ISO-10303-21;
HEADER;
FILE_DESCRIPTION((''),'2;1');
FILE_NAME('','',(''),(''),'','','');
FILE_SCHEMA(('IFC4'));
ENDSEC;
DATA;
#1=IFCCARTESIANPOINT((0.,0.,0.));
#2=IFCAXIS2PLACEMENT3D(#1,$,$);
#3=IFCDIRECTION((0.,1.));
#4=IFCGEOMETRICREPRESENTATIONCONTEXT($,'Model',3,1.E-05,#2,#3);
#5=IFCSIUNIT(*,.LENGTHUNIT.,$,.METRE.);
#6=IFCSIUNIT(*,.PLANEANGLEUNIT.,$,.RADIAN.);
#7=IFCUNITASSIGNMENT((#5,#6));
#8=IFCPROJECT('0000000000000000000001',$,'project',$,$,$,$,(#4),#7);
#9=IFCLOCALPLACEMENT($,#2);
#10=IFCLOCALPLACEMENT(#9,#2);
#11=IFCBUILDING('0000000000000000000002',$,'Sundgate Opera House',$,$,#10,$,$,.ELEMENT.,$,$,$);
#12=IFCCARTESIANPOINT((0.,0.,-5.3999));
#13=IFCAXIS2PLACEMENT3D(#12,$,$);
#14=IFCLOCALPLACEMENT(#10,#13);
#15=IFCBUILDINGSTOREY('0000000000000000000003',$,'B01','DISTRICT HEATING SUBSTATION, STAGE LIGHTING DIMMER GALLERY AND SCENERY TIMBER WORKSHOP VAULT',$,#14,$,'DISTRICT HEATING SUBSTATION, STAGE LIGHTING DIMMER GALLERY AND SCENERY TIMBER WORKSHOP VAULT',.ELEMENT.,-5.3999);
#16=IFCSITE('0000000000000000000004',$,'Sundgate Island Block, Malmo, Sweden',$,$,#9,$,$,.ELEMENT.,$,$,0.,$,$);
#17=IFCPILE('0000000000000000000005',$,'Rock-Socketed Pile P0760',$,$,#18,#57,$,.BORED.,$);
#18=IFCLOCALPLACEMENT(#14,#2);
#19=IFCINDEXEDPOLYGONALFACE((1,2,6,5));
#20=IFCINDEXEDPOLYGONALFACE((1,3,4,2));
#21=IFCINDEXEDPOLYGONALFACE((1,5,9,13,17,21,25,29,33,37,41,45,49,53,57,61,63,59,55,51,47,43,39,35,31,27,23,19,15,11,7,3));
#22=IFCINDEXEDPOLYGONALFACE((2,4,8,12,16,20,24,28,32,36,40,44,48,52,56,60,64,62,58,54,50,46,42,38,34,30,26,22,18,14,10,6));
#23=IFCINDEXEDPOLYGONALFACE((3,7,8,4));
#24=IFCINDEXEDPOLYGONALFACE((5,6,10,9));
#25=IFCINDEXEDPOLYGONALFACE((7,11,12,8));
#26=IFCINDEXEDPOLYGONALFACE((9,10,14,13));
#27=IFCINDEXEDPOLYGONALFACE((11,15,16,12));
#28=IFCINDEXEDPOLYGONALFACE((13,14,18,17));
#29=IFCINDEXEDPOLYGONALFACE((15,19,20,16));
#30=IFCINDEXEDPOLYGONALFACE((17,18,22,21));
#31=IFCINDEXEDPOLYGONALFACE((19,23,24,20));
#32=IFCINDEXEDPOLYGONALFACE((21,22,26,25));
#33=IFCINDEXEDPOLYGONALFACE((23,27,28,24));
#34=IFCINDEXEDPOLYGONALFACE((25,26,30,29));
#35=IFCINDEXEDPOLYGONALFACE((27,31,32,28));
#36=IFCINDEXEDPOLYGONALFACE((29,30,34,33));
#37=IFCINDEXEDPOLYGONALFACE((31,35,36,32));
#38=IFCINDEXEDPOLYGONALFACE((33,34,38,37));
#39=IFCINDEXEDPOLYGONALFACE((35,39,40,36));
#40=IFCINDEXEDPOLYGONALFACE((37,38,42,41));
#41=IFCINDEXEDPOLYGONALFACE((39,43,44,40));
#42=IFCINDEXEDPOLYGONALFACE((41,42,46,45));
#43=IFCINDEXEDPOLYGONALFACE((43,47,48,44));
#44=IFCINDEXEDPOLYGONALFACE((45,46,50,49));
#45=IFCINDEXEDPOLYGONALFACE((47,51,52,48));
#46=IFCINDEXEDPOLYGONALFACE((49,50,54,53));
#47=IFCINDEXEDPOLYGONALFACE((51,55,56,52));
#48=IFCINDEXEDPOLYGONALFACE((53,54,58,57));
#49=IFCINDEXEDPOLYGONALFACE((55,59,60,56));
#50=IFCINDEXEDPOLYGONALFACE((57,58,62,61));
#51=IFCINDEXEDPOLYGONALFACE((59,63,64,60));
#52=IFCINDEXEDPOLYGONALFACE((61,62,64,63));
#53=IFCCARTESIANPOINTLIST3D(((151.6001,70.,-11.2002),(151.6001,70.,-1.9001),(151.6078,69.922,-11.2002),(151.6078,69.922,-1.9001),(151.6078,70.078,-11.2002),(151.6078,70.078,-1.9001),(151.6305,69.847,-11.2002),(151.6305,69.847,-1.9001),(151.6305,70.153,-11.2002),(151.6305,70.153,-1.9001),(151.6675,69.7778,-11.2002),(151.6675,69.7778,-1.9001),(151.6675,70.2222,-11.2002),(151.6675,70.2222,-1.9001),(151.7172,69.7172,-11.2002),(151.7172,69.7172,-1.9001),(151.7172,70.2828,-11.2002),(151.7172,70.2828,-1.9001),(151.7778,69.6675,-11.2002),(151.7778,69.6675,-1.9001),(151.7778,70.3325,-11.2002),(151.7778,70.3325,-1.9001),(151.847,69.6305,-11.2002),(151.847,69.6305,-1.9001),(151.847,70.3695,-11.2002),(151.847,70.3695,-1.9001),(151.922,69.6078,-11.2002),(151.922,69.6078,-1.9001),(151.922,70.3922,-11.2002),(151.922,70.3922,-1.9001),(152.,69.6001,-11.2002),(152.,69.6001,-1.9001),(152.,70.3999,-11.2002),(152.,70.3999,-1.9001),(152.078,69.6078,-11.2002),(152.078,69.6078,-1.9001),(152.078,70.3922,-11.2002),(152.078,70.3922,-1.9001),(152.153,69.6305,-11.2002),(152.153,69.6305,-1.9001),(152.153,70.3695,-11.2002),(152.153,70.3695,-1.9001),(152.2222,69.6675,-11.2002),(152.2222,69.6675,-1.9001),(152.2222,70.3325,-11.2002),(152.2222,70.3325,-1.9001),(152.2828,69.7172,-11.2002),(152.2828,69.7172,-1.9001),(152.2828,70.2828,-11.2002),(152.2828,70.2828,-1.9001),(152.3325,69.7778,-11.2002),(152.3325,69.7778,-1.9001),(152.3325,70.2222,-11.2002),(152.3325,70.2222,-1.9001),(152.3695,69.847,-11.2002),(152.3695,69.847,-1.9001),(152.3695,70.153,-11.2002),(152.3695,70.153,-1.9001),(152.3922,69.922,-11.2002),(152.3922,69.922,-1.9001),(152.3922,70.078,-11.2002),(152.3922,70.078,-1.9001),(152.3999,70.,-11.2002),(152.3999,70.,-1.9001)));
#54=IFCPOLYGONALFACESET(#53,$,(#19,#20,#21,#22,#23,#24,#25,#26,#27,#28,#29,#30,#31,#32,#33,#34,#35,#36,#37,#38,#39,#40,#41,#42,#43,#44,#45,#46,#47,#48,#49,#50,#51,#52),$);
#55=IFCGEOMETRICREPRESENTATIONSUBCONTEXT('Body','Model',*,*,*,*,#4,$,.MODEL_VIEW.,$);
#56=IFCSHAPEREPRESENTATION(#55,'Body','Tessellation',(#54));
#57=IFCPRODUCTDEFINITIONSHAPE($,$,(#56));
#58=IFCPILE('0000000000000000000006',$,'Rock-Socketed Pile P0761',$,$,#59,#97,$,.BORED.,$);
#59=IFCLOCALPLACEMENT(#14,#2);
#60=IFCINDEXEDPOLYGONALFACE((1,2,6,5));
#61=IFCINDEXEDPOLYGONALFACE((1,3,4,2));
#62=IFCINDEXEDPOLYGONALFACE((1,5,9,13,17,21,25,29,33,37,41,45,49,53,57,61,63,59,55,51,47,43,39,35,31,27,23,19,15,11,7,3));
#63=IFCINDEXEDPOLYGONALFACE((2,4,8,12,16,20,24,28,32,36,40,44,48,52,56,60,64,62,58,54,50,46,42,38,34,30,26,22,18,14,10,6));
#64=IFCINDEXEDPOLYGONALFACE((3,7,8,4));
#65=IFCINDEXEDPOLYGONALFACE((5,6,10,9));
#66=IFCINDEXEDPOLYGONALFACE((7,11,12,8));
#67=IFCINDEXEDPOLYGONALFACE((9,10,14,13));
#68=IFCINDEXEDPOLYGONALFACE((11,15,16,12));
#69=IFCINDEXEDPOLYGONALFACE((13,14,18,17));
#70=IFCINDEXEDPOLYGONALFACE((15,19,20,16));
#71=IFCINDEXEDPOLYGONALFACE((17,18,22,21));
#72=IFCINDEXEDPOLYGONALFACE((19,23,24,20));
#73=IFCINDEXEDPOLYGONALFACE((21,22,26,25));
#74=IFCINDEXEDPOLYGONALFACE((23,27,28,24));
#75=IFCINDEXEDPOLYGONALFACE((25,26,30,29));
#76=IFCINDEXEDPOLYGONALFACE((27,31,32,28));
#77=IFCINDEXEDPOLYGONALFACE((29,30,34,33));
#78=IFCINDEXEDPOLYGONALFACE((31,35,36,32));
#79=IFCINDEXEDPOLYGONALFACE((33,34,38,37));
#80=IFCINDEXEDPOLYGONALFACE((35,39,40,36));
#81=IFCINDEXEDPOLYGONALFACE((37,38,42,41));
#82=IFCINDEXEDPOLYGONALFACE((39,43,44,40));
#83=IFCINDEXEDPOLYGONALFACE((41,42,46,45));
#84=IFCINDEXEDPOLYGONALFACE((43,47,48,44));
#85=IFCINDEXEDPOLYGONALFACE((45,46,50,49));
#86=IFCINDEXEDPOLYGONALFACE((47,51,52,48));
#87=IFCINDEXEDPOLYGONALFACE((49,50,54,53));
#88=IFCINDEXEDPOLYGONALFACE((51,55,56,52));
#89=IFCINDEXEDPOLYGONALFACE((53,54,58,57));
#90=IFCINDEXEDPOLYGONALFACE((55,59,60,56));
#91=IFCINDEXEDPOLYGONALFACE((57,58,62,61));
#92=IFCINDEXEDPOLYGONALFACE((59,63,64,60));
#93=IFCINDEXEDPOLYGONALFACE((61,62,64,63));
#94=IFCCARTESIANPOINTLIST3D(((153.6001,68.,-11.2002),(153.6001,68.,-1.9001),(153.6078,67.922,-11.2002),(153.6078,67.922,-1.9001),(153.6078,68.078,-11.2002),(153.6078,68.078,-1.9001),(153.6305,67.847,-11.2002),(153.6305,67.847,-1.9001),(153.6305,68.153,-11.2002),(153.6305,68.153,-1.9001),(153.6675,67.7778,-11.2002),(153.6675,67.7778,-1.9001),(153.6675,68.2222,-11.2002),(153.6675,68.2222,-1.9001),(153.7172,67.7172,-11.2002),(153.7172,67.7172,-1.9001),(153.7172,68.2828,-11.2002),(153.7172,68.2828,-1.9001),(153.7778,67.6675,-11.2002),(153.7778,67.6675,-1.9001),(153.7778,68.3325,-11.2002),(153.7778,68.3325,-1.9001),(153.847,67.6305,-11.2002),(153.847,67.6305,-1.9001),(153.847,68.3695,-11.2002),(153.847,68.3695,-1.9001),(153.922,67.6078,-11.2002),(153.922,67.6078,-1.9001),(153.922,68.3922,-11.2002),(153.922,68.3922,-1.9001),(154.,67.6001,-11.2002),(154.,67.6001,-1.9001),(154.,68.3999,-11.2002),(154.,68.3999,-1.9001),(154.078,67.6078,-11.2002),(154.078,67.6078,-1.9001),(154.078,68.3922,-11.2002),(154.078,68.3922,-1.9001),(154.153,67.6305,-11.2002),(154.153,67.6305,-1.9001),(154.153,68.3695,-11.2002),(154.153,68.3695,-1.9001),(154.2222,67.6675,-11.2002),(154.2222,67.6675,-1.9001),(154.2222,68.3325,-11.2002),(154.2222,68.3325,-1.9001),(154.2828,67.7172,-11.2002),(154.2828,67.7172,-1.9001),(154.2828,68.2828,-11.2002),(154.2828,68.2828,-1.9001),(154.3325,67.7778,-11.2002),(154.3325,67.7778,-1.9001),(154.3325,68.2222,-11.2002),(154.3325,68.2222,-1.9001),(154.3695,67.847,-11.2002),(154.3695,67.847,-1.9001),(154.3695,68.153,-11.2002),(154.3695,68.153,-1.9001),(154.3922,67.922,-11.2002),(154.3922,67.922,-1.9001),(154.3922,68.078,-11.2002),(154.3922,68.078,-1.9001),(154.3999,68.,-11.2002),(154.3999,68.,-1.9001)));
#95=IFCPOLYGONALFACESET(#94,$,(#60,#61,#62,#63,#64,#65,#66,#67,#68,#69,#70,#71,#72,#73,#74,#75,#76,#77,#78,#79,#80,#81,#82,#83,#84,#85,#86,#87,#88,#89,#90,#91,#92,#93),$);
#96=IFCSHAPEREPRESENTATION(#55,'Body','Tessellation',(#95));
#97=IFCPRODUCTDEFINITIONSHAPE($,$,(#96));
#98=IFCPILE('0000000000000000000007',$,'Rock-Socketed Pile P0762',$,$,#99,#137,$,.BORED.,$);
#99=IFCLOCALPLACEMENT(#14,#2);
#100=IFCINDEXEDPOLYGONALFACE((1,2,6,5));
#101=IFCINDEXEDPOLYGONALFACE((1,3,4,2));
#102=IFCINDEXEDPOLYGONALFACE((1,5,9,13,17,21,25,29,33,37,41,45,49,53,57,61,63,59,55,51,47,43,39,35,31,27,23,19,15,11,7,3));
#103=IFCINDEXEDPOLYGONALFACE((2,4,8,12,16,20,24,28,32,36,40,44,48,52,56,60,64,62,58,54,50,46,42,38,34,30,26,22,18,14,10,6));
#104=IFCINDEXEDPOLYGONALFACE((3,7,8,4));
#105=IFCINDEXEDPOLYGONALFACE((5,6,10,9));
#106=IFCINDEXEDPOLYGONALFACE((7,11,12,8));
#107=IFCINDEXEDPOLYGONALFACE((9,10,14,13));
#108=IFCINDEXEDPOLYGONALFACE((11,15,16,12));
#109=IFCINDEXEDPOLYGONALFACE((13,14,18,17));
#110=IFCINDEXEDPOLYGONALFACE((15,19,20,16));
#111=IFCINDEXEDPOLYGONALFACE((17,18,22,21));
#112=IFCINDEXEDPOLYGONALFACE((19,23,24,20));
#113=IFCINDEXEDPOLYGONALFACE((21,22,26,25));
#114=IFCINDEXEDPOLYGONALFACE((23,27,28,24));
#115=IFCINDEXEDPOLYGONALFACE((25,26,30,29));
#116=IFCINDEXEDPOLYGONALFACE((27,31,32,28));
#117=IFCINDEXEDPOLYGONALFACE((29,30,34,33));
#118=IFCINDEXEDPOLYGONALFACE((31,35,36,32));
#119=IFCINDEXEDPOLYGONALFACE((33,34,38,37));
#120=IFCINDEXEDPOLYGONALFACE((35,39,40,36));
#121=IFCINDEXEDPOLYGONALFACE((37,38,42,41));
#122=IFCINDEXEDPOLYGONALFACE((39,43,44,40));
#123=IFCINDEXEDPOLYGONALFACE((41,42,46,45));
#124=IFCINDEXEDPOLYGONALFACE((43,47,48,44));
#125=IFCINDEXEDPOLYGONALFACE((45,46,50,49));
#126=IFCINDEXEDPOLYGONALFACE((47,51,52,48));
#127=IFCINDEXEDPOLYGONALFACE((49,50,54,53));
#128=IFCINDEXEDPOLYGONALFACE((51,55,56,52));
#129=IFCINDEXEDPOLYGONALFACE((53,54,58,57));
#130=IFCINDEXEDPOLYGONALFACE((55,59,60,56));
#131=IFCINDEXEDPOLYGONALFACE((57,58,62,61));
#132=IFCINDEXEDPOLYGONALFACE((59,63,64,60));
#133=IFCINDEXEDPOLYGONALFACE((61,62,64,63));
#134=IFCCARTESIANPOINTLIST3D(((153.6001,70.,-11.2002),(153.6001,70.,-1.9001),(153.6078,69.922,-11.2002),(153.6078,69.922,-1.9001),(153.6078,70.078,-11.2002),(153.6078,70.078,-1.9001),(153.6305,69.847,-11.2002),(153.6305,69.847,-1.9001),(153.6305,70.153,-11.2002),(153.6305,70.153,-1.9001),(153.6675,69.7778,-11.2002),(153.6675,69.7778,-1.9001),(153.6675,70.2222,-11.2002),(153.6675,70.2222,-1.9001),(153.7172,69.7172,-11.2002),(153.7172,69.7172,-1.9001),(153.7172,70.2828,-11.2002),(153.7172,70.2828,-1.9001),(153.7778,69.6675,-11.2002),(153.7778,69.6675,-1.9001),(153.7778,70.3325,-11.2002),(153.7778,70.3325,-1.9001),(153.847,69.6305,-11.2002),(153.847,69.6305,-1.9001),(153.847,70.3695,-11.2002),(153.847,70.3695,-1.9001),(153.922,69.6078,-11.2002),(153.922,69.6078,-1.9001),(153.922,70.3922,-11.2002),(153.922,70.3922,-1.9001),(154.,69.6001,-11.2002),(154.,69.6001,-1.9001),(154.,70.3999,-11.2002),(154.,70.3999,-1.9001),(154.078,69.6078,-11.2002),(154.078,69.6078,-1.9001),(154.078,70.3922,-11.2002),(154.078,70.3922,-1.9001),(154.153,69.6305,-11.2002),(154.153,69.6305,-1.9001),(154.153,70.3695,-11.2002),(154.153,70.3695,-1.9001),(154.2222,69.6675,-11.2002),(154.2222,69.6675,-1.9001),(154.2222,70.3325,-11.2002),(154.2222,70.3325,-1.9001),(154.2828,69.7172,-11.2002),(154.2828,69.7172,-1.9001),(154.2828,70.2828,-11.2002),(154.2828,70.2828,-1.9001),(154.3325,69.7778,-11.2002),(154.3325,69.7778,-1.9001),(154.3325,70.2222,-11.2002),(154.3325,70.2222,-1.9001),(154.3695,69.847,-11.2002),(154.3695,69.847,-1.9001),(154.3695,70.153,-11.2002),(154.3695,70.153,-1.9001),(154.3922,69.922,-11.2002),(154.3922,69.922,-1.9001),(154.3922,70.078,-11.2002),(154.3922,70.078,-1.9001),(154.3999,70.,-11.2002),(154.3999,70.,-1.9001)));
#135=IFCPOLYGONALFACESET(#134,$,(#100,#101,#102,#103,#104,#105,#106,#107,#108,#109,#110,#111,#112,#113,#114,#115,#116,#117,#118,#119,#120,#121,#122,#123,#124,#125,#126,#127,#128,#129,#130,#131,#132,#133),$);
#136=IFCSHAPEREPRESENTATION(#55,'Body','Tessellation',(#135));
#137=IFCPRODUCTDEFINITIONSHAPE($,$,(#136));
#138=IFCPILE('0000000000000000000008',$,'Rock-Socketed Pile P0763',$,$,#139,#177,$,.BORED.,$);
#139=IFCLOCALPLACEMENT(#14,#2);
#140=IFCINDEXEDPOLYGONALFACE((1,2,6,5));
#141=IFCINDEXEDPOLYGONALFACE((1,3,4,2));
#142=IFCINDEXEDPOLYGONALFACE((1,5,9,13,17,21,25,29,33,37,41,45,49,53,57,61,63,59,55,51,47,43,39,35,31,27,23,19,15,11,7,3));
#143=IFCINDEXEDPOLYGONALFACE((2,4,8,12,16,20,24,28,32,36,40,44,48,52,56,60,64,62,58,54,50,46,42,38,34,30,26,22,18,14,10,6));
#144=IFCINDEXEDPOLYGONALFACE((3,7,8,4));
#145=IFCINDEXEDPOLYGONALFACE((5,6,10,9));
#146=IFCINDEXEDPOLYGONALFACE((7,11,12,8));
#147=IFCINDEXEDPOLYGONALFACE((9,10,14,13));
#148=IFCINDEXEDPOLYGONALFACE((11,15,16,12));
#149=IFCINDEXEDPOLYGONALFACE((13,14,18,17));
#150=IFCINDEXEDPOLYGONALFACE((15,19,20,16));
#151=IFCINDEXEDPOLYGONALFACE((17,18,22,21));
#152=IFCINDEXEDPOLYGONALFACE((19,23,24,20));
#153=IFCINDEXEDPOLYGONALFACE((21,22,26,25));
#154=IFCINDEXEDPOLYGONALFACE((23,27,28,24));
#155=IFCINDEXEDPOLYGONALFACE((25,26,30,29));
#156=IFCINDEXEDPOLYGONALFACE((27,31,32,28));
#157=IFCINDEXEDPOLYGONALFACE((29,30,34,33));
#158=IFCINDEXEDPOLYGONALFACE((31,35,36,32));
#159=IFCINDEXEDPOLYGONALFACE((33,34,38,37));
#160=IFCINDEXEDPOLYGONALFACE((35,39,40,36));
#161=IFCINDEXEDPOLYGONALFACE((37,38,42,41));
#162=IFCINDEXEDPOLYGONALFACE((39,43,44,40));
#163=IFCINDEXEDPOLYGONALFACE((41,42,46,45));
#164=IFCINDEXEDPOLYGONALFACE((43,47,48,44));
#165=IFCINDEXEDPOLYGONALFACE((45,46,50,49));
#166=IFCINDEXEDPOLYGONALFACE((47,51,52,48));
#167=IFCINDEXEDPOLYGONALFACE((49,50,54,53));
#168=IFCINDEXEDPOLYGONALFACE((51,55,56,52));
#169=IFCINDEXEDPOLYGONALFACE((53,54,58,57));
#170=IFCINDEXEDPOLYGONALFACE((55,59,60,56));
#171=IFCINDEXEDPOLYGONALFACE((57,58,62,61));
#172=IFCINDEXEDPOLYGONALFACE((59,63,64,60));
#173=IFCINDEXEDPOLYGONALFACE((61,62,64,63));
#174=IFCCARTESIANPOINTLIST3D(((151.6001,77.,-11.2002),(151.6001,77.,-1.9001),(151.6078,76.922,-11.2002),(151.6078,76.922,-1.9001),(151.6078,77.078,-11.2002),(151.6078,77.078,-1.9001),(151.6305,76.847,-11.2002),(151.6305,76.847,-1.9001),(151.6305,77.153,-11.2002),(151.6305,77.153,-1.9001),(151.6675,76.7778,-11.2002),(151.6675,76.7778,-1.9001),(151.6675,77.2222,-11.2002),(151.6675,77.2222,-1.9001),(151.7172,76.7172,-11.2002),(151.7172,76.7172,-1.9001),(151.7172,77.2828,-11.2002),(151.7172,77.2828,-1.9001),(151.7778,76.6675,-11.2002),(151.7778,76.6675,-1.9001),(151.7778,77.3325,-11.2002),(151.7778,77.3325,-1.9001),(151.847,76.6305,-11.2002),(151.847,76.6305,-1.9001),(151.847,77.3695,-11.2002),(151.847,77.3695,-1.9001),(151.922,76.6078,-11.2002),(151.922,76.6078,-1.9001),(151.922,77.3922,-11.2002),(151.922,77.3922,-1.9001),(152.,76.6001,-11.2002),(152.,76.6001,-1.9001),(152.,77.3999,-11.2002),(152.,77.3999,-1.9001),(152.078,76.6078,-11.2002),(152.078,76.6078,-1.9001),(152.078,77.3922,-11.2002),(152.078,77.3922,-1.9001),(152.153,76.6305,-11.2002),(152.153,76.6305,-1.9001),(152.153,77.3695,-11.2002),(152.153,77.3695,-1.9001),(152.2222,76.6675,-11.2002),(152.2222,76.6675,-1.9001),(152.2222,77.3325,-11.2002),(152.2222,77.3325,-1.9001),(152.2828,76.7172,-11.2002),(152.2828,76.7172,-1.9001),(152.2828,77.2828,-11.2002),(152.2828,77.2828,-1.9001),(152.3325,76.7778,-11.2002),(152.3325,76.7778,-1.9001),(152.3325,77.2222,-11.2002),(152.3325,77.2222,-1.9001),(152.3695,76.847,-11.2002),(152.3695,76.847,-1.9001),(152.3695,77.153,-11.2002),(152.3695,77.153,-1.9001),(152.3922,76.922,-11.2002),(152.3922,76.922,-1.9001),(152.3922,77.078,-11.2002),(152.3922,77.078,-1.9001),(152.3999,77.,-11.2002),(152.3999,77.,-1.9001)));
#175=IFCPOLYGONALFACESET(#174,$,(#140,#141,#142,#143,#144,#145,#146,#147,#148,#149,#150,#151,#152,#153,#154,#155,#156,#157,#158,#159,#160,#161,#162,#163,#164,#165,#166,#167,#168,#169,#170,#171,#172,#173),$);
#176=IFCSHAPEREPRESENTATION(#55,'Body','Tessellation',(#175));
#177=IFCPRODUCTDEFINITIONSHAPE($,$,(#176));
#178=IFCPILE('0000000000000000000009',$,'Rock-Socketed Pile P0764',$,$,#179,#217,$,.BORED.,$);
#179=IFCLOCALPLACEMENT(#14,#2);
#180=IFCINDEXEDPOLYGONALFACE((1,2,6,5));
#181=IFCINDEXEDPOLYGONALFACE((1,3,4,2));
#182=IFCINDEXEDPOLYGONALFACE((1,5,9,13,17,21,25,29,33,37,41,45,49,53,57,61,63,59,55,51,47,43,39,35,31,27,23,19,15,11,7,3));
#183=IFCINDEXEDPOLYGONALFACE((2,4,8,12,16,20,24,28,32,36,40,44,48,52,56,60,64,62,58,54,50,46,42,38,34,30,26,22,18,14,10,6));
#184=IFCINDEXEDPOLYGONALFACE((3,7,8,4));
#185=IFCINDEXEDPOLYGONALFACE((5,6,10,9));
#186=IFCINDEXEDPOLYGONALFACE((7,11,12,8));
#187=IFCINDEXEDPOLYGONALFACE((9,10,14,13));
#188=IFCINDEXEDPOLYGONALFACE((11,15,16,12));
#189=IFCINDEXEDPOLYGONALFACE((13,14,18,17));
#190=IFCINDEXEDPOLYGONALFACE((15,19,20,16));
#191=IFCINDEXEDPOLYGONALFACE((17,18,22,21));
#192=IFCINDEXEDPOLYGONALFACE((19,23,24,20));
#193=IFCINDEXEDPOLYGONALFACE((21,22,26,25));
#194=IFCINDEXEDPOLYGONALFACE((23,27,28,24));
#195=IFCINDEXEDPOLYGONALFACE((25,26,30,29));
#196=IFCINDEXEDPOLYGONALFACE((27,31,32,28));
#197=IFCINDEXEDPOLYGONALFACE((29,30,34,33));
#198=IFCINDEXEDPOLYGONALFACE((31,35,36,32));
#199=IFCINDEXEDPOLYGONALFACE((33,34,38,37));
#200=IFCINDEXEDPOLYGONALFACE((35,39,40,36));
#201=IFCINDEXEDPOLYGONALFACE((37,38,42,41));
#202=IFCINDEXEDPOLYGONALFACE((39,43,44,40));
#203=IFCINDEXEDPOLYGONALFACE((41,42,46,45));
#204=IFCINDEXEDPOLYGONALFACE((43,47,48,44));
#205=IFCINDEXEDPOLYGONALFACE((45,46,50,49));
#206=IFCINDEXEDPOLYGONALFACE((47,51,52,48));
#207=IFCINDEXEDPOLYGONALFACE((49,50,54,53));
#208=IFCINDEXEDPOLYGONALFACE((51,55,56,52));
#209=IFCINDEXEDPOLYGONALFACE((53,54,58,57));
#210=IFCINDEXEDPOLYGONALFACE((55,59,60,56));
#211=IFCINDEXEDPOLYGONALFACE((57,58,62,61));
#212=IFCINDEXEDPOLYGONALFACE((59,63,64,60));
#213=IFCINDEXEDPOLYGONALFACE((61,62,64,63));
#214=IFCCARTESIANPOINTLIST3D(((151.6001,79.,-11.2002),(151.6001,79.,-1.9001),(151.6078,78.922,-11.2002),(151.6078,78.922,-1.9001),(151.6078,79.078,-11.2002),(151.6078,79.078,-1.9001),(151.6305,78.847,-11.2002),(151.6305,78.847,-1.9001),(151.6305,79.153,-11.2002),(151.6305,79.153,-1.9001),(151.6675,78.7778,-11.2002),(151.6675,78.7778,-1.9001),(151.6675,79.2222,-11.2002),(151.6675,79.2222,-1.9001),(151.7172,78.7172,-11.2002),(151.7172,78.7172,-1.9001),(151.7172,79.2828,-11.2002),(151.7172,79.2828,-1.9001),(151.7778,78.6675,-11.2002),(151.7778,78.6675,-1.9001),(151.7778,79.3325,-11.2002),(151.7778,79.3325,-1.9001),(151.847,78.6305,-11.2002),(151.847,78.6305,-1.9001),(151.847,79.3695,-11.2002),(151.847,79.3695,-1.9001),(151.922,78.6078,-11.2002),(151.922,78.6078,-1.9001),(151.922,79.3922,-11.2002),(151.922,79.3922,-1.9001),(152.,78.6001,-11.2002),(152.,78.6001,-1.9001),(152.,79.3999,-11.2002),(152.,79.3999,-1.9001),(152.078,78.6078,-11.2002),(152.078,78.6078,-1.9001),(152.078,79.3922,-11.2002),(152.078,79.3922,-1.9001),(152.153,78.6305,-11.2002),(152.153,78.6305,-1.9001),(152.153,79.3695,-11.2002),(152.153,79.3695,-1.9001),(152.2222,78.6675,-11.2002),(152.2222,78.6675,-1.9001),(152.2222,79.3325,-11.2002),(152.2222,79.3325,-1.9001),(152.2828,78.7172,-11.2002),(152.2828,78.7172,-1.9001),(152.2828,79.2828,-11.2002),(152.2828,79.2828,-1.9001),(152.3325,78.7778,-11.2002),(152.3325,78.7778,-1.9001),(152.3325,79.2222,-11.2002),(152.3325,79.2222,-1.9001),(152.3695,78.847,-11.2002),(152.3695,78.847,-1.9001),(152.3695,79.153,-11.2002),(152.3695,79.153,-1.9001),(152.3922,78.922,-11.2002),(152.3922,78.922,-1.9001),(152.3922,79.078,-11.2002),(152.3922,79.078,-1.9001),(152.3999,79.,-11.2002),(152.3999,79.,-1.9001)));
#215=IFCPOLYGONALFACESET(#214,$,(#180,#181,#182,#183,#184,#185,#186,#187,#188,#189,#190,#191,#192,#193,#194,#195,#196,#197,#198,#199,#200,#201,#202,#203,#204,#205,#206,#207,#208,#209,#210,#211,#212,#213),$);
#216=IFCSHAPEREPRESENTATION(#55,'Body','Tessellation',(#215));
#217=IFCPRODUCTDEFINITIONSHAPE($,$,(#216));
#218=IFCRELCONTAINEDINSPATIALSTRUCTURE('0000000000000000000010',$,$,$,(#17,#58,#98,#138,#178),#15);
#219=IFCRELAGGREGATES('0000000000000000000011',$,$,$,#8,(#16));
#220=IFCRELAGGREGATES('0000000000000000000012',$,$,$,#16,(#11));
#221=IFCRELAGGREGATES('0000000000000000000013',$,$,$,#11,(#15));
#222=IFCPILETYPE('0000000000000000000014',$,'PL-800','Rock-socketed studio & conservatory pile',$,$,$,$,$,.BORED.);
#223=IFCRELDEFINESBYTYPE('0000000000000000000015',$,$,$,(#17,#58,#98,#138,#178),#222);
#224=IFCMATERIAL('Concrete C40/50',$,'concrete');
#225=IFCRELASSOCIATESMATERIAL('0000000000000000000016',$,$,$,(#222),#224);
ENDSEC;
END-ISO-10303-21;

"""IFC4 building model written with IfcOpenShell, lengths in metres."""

from ifc_helpers import new_model, si_unit, direction, frame, origin, origin_2d, place, context, subcontext, project, spatial, circle, extrude, material, material_profile, profile_set, type_object, element, save


model = new_model("IFC4")

# Units and contexts
model_context = context("Model", 3, precision=1e-05, world=origin(), true_north=direction((0.0, 1.0)))
body_context = subcontext(model_context, "Body", "Model", "MODEL_VIEW")
ifc_project = project(units=[si_unit("LENGTHUNIT", "METRE"), si_unit("PLANEANGLEUNIT", "RADIAN")], contexts=[model_context])

# Site, building, storey
site_placement = place(None, origin())
site = spatial("IfcSite", under=ifc_project, at=site_placement, Name="Sundgate Island Block, Malmo, Sweden", CompositionType="ELEMENT", RefElevation=0.0)
building_placement = place(site_placement, origin())
building = spatial("IfcBuilding", under=site, at=building_placement, Name="Sundgate Opera House", CompositionType="ELEMENT")
storey_placement = place(building_placement, frame((0.0, 0.0, -5.3999)))
storey = spatial("IfcBuildingStorey", under=building, at=storey_placement, Name="B01", Description="DISTRICT HEATING SUBSTATION, STAGE LIGHTING DIMMER GALLERY AND SCENERY TIMBER WORKSHOP VAULT", LongName="DISTRICT HEATING SUBSTATION, STAGE LIGHTING DIMMER GALLERY AND SCENERY TIMBER WORKSHOP VAULT", CompositionType="ELEMENT", Elevation=-5.3999)

# Piles
ifc_material_1 = material(Name="Concrete C40/50", Category="concrete")
ifc_material_profile_1 = material_profile(ifc_material_1, circle(Radius=0.3999, at=origin_2d()), Name="PILE D800")
ifc_profile_set_1 = profile_set([ifc_material_profile_1], Name="Concrete C40/50")
pile_type = type_object("IfcPileType", Name="PL-800", Description="Rock-socketed studio & conservatory pile", PredefinedType="BORED", material=ifc_profile_set_1)
for number, where, z_axis, x_axis, name in (
    (1, (152.0, 70.0, -1.9001), (0.0, 0.0, -1.0), (1.0, 0.0, 0.0), "Rock-Socketed Pile P0760"),
    (2, (154.0, 68.0, -1.9001), (0.0, 0.0, -1.0), (1.0, 0.0, 0.0), "Rock-Socketed Pile P0761"),
    (3, (154.0, 70.0, -1.9001), (0.0, 0.0, -1.0), (1.0, 0.0, 0.0), "Rock-Socketed Pile P0762"),
    (4, (152.0, 77.0, -1.9001), (0.0, 0.0, -1.0), (1.0, 0.0, 0.0), "Rock-Socketed Pile P0763"),
    (5, (152.0, 79.0, -1.9001), (0.0, 0.0, -1.0), (1.0, 0.0, 0.0), "Rock-Socketed Pile P0764"),
):
    element("IfcPile", number, at=place(storey_placement, frame(where, z_axis=z_axis, x_axis=x_axis)), inside=storey, type_object=pile_type, Name=name, PredefinedType="BORED", context=body_context, shape_type="SweptSolid", body=[
        extrude(circle(Radius=0.3999, at=origin_2d()), origin(), (0.0, 0.0, 1.0), 9.3),
    ])

save(model, "model.ifc")
